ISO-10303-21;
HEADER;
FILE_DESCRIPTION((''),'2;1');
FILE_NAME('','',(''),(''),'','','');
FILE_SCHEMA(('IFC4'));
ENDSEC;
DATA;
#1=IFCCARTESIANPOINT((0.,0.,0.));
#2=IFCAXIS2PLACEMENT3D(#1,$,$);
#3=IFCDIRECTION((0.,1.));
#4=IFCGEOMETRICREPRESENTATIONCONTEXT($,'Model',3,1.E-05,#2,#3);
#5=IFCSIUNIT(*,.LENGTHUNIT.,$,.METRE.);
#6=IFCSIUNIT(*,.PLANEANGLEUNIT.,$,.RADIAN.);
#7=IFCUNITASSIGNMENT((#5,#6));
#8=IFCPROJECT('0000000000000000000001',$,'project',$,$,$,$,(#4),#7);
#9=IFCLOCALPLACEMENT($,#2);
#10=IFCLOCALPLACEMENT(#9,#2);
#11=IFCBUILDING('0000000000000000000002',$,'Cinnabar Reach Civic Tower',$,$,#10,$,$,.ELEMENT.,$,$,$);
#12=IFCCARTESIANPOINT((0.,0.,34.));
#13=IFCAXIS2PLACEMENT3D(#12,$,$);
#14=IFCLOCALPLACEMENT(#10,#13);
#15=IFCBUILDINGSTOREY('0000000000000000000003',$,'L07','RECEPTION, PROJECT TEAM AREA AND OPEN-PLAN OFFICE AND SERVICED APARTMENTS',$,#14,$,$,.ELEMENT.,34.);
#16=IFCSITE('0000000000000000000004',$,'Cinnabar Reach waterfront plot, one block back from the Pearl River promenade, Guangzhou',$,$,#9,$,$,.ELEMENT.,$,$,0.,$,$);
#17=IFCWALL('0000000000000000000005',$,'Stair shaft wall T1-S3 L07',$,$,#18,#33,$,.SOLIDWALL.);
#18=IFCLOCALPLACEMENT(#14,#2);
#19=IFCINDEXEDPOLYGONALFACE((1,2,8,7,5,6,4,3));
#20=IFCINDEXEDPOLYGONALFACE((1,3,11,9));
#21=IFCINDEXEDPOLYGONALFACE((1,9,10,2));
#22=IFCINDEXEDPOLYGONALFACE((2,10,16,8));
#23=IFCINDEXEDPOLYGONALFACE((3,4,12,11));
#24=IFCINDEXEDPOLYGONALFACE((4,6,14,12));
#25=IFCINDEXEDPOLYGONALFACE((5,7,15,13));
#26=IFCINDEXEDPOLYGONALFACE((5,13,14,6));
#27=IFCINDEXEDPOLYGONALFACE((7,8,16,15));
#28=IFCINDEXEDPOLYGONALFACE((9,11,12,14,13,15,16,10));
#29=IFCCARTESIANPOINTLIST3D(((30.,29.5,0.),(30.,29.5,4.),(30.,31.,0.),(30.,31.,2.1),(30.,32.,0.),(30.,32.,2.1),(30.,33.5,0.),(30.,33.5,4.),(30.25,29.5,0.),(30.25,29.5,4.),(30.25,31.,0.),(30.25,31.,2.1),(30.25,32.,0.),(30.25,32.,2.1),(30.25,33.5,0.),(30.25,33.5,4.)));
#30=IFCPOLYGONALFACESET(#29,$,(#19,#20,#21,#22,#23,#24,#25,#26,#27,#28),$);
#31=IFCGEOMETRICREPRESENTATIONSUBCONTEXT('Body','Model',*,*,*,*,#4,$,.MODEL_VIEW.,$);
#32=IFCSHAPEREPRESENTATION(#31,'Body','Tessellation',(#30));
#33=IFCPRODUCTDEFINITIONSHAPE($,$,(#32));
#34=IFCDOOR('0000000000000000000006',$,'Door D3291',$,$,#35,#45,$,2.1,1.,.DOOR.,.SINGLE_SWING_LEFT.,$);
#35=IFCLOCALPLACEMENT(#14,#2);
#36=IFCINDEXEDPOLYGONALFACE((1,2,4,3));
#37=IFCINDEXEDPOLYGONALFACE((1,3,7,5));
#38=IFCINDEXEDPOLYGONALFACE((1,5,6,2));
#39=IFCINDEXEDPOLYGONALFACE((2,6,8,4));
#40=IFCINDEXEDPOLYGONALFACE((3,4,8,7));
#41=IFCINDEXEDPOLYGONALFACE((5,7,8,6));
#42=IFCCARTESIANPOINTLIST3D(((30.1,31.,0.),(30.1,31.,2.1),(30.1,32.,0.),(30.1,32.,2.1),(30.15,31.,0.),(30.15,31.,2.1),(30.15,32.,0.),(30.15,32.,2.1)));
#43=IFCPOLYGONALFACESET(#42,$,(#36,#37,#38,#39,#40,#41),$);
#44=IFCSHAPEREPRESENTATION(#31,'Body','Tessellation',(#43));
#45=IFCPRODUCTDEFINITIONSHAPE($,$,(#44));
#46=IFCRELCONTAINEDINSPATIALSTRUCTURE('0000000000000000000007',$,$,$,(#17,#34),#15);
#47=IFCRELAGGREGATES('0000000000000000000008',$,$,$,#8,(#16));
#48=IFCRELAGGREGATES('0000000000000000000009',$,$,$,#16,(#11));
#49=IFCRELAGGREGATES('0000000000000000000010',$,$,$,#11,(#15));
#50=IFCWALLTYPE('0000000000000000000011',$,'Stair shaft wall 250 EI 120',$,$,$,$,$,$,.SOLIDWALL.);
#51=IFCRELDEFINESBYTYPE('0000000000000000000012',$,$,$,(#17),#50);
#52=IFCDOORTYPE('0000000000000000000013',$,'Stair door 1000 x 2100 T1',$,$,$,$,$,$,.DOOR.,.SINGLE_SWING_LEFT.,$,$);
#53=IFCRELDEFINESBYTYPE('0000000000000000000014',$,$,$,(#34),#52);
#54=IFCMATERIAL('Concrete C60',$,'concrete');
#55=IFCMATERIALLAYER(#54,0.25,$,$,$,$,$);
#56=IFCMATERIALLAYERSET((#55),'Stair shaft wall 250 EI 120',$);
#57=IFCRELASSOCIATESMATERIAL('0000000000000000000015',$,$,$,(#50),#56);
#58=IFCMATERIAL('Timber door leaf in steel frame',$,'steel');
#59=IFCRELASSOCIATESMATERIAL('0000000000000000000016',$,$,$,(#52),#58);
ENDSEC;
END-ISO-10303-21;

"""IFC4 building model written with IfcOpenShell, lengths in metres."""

from ifc_helpers import new_model, si_unit, direction, frame, frame_2d, origin, place, context, subcontext, project, spatial, rectangle, extrude, material, layer, layer_set, type_object, element, fill, save


model = new_model("IFC4")

# Units and contexts
model_context = context("Model", 3, precision=1e-05, world=origin(), true_north=direction((0.0, 1.0)))
body_context = subcontext(model_context, "Body", "Model", "MODEL_VIEW")
ifc_project = project(units=[si_unit("LENGTHUNIT", "METRE"), si_unit("PLANEANGLEUNIT", "RADIAN")], contexts=[model_context])

# Site, building, storey
site_placement = place(None, origin())
site = spatial("IfcSite", under=ifc_project, at=site_placement, Name="Cinnabar Reach waterfront plot, one block back from the Pearl River promenade, Guangzhou", CompositionType="ELEMENT", RefElevation=0.0)
building_placement = place(site_placement, origin())
building = spatial("IfcBuilding", under=site, at=building_placement, Name="Cinnabar Reach Civic Tower", CompositionType="ELEMENT")
storey_placement = place(building_placement, frame((0.0, 0.0, 34.0)))
storey = spatial("IfcBuildingStorey", under=building, at=storey_placement, Name="L07", Description="RECEPTION, PROJECT TEAM AREA AND OPEN-PLAN OFFICE AND SERVICED APARTMENTS", CompositionType="ELEMENT", Elevation=34.0)

# Shared definitions
ifc_material_1 = material(Name="Timber door leaf in steel frame", Category="steel")

# Shared definitions
ifc_material_2 = material(Name="Concrete C60", Category="concrete")
ifc_layer_1 = layer(ifc_material_2, 0.25)
ifc_layer_set_1 = layer_set([ifc_layer_1], Name="Stair shaft wall 250 EI 120")
wall_type_1 = type_object("IfcWallType", Name="Stair shaft wall 250 EI 120", PredefinedType="SOLIDWALL", material=ifc_layer_set_1)

# Wall, opening, door
wall_1_placement = place(storey_placement, frame((30.125, 33.5, 0.0), z_axis=(0.0, 0.0, 1.0), x_axis=(0.0, -1.0, 0.0)))
wall_1 = element("IfcWall", 1, at=wall_1_placement, inside=storey, type_object=wall_type_1, Name="Stair shaft wall T1-S3 L07", PredefinedType="SOLIDWALL", context=body_context, shape_type="SweptSolid", body=[
    extrude(rectangle(XDim=4.0, YDim=0.25, at=frame_2d((2.0, 0.0))), origin(), (0.0, 0.0, 1.0), 4.0),
])
opening_1_placement = place(wall_1_placement, frame((1.5, 0.0, 0.0)))
opening_1 = element("IfcOpeningElement", 2, at=opening_1_placement, cuts=wall_1, PredefinedType="OPENING", context=body_context, shape_type="SweptSolid", body=[
    extrude(rectangle(XDim=1.0, YDim=2.1, at=frame_2d((0.5, 1.05))), frame((0.0, 0.135, 0.0), z_axis=(0.0, -1.0, 0.0), x_axis=(1.0, 0.0, 0.0)), (0.0, 0.0, 1.0), 0.27),
])
door_type_1 = type_object("IfcDoorType", Name="Stair door 1000 x 2100 T1", OperationType="SINGLE_SWING_LEFT", PredefinedType="DOOR", material=ifc_material_1)
door_1_placement = place(opening_1_placement, origin())
door_1 = element("IfcDoor", 3, at=door_1_placement, inside=storey, type_object=door_type_1, Name="Door D3291", OperationType="SINGLE_SWING_LEFT", OverallHeight=2.1, OverallWidth=1.0, PredefinedType="DOOR", context=body_context, shape_type="SweptSolid", body=[
    extrude(rectangle(XDim=1.0, YDim=2.1, at=frame_2d((0.5, 1.05))), frame((0.0, 0.025, 0.0), z_axis=(0.0, -1.0, 0.0), x_axis=(1.0, 0.0, 0.0)), (0.0, 0.0, 1.0), 0.05),
])
fill(opening_1, door_1)

save(model, "model.ifc")
